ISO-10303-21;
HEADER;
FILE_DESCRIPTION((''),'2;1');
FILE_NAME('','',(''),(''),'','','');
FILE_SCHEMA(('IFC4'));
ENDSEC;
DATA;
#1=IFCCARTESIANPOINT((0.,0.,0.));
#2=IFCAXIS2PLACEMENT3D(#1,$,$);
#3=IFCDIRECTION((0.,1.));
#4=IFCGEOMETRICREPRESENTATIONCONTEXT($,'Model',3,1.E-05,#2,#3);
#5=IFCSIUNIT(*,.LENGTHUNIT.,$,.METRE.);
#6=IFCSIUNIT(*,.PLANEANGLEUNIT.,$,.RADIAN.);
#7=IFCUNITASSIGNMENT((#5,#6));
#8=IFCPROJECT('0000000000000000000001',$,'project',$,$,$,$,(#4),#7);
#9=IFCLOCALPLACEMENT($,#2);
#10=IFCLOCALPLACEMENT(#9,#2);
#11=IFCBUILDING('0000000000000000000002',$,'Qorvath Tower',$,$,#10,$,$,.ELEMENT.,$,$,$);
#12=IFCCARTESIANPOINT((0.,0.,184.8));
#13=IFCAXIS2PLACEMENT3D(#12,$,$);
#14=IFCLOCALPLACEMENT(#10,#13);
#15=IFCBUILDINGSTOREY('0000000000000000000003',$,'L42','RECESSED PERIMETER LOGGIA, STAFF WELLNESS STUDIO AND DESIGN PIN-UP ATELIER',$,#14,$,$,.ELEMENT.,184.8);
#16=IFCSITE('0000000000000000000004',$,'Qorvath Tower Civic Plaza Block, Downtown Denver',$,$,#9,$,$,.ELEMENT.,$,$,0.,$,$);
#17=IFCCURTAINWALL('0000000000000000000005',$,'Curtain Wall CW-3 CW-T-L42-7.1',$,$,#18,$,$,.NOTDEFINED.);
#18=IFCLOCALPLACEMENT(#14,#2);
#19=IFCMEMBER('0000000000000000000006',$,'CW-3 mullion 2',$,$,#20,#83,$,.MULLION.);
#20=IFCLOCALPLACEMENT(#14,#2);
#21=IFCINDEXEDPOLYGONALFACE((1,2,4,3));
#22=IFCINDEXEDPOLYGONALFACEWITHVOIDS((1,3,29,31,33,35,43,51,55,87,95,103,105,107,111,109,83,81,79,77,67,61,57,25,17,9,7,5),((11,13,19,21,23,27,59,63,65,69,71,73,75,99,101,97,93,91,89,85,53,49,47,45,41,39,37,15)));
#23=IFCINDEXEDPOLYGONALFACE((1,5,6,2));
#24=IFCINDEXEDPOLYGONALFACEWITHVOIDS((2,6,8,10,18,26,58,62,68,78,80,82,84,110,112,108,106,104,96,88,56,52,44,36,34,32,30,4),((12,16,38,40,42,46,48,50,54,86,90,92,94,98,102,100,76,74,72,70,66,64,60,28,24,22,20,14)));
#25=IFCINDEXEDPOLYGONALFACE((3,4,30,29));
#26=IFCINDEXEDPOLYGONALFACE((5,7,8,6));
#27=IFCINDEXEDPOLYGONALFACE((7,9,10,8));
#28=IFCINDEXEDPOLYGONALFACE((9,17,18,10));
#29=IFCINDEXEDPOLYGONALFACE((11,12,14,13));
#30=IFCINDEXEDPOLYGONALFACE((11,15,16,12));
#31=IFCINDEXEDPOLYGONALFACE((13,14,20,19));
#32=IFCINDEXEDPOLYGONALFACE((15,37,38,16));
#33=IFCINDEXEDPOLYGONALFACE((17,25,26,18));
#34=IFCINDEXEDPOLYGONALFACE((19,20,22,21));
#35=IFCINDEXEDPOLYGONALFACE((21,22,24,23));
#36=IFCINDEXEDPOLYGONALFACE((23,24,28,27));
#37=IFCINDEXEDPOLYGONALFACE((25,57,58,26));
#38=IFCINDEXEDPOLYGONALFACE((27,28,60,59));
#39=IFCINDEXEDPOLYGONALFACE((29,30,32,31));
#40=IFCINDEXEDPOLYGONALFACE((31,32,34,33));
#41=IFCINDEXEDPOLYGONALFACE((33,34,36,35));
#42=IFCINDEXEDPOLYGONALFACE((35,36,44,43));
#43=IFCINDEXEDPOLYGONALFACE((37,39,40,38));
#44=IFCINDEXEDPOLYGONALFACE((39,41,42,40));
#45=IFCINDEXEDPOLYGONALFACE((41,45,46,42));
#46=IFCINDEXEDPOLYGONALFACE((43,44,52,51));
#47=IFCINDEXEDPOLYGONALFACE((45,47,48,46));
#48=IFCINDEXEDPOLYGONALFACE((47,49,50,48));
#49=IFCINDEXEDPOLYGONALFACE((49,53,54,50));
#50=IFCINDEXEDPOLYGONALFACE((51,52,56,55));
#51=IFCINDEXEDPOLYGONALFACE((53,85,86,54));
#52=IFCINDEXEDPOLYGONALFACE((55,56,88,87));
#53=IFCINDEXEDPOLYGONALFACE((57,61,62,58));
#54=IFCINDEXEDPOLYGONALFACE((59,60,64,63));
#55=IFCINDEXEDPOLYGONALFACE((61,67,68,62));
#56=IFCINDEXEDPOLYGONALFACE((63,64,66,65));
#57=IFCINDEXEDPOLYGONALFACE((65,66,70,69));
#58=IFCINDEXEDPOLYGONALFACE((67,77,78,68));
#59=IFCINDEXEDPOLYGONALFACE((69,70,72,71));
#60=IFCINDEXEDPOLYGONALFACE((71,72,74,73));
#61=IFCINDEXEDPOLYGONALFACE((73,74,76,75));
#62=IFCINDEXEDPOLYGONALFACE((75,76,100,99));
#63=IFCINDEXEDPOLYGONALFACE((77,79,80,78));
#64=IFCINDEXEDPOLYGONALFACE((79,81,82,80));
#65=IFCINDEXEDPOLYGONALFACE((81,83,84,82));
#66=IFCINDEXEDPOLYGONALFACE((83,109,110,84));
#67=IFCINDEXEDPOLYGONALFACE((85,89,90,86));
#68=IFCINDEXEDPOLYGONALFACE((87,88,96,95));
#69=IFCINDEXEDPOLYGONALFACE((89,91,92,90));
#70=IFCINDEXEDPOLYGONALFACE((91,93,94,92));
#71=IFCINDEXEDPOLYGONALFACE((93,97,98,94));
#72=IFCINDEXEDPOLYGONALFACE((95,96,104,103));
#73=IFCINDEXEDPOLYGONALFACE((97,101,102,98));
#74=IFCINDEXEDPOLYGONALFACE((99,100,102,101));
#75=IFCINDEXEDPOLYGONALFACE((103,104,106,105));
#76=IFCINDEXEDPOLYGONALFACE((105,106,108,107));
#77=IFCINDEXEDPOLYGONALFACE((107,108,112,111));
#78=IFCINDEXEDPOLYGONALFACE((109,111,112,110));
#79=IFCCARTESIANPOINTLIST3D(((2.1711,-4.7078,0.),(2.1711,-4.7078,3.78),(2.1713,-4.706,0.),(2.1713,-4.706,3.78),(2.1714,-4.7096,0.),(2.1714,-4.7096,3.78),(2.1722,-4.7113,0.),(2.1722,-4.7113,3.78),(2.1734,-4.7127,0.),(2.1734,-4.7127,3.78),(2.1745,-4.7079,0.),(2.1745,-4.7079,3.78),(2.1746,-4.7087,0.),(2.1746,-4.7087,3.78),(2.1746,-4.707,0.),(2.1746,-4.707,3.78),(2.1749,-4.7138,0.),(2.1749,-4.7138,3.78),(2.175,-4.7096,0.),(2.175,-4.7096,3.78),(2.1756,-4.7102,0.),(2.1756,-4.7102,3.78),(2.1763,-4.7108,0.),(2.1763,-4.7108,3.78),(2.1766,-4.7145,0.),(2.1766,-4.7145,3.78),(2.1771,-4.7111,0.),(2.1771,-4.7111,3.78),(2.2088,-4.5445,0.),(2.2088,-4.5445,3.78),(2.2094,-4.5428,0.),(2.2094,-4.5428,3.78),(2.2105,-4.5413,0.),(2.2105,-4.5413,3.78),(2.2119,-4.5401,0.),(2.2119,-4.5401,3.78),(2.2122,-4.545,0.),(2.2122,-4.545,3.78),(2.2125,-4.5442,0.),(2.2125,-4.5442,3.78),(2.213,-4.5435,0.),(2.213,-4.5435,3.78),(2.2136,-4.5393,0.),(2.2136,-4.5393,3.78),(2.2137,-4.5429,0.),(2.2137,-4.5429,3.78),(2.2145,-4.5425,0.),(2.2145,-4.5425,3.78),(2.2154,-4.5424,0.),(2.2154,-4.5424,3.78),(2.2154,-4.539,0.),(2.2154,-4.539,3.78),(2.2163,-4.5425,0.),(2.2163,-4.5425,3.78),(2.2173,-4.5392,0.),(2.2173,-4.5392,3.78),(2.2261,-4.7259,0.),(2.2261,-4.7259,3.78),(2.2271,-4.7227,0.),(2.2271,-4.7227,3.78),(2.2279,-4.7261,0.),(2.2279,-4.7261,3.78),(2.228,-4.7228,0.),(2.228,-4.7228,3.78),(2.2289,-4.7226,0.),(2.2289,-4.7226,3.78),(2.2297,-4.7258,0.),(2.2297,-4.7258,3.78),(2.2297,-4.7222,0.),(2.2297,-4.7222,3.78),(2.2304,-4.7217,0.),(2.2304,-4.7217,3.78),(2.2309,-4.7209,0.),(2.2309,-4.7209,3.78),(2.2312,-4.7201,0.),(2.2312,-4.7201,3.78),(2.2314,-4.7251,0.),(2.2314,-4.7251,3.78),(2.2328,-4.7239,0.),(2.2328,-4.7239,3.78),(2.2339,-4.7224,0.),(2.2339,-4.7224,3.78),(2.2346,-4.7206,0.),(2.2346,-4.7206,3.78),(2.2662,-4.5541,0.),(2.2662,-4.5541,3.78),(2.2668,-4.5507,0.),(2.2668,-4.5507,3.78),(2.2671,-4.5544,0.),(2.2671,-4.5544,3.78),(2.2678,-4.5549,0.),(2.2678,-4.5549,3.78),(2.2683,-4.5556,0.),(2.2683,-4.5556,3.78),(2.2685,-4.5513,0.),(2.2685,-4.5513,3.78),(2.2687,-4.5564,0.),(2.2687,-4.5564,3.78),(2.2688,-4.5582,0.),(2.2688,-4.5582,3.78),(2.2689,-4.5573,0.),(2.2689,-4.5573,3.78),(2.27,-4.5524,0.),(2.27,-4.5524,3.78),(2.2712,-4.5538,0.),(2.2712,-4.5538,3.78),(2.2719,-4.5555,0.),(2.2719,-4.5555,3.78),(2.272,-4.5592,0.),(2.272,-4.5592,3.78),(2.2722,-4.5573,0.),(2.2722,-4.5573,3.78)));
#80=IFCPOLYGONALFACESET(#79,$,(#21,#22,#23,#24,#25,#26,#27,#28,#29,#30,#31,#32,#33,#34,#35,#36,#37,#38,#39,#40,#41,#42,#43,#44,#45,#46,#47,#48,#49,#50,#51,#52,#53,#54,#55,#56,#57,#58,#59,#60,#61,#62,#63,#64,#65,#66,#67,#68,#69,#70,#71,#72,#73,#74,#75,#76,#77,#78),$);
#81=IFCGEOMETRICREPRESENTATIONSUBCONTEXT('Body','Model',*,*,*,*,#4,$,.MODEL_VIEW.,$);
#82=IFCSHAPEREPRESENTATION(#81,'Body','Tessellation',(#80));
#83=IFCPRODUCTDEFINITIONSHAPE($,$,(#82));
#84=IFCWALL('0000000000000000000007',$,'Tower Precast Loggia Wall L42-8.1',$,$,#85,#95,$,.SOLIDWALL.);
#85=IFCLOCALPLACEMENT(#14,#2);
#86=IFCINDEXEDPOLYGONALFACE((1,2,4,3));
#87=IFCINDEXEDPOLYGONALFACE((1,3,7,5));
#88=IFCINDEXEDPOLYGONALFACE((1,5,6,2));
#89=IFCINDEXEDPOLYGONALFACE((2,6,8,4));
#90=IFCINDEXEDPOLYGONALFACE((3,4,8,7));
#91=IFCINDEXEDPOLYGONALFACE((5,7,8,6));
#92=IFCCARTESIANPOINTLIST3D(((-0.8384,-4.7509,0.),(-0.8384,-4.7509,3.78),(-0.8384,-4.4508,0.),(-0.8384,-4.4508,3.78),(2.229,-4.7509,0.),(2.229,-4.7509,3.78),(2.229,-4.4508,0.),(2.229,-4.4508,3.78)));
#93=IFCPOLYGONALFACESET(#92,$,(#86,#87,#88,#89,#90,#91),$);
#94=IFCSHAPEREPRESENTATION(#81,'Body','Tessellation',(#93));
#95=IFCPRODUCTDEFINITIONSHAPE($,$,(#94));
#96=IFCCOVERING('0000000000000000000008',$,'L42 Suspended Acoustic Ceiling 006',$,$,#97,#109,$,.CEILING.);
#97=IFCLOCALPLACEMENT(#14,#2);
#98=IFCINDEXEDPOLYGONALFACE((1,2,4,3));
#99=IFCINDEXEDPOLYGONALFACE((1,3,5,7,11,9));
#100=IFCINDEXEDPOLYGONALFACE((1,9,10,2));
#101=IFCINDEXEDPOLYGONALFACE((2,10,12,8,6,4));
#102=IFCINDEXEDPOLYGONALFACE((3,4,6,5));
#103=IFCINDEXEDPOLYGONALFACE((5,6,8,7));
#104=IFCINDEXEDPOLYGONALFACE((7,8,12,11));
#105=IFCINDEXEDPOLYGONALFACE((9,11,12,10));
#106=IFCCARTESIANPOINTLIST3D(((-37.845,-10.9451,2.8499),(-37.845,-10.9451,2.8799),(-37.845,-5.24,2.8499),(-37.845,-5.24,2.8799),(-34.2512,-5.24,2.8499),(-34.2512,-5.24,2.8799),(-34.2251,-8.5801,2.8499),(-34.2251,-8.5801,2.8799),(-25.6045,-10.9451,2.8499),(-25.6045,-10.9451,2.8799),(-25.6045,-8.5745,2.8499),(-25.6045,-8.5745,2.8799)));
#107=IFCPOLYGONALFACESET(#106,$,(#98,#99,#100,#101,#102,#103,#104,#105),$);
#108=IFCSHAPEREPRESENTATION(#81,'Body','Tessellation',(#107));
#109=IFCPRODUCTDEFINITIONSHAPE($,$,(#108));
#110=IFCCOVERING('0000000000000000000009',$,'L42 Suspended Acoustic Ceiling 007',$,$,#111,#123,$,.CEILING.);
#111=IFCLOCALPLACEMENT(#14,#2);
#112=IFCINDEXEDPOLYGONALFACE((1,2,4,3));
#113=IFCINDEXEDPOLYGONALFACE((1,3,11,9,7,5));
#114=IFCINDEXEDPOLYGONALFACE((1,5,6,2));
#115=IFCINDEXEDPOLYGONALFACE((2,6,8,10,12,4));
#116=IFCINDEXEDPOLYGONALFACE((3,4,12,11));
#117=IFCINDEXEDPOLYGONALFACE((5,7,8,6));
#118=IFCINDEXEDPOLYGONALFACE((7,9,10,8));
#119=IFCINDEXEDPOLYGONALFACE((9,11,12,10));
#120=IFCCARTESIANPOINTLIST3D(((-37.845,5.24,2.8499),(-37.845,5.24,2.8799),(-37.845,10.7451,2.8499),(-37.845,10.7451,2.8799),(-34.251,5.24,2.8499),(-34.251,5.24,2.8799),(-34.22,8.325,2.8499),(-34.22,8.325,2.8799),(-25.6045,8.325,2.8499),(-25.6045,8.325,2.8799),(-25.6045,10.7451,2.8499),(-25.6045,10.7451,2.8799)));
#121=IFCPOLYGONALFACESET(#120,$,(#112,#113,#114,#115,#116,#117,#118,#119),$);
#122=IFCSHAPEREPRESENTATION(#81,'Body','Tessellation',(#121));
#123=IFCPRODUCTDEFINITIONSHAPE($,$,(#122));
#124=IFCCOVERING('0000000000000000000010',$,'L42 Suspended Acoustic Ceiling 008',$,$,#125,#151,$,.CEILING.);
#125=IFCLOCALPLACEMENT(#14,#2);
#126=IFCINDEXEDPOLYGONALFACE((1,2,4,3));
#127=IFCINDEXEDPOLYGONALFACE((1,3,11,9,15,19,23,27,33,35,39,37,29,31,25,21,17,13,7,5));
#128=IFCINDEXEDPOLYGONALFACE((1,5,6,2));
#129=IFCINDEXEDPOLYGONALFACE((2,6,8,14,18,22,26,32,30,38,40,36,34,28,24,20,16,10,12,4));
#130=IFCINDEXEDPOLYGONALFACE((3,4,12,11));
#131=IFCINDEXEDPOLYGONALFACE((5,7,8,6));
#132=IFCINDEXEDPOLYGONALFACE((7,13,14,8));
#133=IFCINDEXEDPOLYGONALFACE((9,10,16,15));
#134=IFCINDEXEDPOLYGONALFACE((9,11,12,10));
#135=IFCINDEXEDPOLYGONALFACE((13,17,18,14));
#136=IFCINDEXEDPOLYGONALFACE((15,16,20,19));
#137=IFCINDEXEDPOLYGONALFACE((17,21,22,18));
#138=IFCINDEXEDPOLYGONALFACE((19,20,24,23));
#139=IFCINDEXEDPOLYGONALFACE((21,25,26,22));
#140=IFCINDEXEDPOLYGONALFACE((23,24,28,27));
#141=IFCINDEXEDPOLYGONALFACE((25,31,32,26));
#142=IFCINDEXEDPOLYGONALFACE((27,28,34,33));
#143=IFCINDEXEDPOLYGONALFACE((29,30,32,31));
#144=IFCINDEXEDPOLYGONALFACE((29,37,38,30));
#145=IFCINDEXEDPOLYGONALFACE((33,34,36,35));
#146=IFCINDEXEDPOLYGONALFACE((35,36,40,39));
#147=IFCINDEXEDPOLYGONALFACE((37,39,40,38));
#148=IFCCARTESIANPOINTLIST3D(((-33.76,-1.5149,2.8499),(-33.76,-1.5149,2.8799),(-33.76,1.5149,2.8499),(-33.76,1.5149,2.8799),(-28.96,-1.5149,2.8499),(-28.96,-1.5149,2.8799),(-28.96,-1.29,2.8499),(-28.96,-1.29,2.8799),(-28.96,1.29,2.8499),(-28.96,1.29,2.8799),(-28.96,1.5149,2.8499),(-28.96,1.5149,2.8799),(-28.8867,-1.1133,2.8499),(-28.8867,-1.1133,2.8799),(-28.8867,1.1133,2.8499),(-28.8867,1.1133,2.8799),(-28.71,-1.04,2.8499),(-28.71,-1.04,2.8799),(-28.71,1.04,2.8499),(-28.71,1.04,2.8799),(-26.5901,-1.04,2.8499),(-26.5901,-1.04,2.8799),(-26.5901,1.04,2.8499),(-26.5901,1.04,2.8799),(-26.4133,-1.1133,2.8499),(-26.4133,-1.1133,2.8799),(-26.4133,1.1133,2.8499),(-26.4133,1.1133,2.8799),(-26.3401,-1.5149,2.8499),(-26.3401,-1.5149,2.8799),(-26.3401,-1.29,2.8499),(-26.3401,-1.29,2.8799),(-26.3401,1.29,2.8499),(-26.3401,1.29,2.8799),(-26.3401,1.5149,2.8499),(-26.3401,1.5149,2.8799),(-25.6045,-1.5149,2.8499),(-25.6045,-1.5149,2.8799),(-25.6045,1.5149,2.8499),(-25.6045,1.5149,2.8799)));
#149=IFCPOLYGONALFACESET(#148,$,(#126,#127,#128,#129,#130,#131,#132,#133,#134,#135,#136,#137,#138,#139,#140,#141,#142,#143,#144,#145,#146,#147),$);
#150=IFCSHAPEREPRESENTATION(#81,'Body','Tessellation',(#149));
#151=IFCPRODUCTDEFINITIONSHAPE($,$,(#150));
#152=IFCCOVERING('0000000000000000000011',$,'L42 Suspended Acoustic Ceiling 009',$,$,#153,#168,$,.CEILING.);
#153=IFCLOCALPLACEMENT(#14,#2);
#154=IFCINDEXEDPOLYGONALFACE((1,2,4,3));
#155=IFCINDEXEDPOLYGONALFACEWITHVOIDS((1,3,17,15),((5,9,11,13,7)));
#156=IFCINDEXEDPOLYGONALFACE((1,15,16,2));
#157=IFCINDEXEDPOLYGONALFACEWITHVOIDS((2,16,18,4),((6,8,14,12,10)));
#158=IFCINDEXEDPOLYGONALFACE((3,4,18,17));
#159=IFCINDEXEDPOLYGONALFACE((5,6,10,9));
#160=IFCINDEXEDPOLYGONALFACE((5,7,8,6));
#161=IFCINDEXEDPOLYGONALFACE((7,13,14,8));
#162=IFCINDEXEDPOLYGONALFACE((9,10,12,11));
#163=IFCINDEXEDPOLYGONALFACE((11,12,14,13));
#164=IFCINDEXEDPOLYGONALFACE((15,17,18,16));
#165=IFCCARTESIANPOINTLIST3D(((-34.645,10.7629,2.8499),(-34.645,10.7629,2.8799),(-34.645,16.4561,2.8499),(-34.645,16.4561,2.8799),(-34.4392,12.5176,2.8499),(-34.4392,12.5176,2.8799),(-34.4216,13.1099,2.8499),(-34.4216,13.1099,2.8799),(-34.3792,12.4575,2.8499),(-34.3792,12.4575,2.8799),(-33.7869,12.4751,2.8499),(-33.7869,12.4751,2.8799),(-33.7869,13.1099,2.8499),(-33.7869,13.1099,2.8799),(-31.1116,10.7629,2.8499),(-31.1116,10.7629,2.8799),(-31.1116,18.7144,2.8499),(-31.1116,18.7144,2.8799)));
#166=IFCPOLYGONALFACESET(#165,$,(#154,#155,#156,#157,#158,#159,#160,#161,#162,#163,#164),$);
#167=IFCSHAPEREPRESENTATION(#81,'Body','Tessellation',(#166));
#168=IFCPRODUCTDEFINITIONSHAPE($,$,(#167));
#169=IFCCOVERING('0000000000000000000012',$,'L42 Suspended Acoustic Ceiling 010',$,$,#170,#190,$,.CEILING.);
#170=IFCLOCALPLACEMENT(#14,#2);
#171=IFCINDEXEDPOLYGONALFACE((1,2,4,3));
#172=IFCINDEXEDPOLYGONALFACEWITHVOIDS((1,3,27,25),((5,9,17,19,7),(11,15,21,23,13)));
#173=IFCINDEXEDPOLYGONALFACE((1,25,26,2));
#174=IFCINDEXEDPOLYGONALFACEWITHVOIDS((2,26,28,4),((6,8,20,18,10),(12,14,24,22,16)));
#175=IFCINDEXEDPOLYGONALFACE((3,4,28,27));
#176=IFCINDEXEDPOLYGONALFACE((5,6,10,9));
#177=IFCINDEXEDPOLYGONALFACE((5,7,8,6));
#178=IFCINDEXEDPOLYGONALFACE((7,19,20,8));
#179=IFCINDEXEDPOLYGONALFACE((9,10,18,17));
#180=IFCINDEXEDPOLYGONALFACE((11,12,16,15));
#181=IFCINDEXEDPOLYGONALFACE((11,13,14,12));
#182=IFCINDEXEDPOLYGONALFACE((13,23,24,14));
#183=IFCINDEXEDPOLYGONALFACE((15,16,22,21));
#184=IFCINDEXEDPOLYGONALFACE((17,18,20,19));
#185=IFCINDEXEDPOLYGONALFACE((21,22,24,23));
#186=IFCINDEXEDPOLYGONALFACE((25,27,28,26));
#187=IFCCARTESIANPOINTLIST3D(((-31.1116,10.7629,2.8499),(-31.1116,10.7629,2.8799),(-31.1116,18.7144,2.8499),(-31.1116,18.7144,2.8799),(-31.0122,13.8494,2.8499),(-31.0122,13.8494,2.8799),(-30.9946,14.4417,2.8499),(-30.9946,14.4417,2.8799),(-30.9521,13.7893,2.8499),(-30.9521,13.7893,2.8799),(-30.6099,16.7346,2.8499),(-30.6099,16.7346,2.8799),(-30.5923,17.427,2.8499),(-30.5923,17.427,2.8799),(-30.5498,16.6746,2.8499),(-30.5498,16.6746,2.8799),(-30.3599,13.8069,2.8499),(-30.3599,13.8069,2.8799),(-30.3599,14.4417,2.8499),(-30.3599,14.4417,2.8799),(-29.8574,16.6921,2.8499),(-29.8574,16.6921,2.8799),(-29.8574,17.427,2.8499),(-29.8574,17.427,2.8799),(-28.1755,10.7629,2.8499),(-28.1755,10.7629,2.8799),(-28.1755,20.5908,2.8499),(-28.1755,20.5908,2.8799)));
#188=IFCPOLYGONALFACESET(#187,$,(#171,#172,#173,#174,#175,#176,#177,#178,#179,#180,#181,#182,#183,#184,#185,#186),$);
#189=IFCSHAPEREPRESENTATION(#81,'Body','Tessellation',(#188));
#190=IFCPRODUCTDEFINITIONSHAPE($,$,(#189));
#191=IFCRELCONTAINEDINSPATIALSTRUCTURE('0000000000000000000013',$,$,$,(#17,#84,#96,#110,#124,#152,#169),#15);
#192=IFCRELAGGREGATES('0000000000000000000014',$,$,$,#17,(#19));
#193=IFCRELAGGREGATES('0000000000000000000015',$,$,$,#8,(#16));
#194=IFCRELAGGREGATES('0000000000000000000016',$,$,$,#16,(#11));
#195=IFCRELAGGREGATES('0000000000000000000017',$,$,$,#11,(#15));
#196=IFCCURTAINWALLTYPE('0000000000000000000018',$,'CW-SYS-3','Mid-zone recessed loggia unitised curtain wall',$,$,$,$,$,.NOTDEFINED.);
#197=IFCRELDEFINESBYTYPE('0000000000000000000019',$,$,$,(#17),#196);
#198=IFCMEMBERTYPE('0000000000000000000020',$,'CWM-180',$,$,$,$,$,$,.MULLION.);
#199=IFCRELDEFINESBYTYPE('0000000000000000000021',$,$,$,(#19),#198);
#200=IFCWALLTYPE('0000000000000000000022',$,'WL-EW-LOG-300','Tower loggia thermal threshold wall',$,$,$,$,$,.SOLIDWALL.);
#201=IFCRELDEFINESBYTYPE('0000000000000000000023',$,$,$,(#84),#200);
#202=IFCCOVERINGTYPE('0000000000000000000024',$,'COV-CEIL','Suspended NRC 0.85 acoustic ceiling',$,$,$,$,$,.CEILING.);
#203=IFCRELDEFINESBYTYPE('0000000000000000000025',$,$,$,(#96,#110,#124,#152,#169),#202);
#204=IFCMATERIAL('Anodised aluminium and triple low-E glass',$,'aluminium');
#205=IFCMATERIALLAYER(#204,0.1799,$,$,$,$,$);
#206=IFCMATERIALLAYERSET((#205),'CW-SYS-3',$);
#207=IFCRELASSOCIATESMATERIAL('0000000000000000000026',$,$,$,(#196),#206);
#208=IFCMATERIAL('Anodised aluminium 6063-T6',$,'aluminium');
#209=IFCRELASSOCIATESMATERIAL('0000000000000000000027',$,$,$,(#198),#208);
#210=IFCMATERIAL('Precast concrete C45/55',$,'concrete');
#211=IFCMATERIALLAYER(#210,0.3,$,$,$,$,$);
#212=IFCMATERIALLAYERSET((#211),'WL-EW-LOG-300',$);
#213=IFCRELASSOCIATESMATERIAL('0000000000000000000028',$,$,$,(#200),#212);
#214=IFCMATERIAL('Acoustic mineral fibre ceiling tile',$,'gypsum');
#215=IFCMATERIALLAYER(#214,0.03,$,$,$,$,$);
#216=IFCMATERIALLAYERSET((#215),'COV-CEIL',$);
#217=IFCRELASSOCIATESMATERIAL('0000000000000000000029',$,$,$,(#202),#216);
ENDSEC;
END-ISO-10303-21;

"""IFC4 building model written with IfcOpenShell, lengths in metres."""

from ifc_helpers import new_model, si_unit, direction, frame, frame_2d, origin, origin_2d, place, context, subcontext, project, spatial, polyline, rectangle, hollow_rectangle, outline, extrude, material, layer, layer_set, material_profile, profile_set, type_object, element, aggregate, save


model = new_model("IFC4")

# Units and contexts
model_context = context("Model", 3, precision=1e-05, world=origin(), true_north=direction((0.0, 1.0)))
body_context = subcontext(model_context, "Body", "Model", "MODEL_VIEW")
ifc_project = project(units=[si_unit("LENGTHUNIT", "METRE"), si_unit("PLANEANGLEUNIT", "RADIAN")], contexts=[model_context])

# Site, building, storey
site_placement = place(None, origin())
site = spatial("IfcSite", under=ifc_project, at=site_placement, Name="Qorvath Tower Civic Plaza Block, Downtown Denver", CompositionType="ELEMENT", RefElevation=0.0)
building_placement = place(site_placement, origin())
building = spatial("IfcBuilding", under=site, at=building_placement, Name="Qorvath Tower", CompositionType="ELEMENT")
storey_placement = place(building_placement, frame((0.0, 0.0, 184.8)))
storey = spatial("IfcBuildingStorey", under=building, at=storey_placement, Name="L42", Description="RECESSED PERIMETER LOGGIA, STAFF WELLNESS STUDIO AND DESIGN PIN-UP ATELIER", CompositionType="ELEMENT", Elevation=184.8)

# Curtain wall, member
ifc_material_1 = material(Name="Anodised aluminium and triple low-E glass", Category="aluminium")
ifc_layer_1 = layer(ifc_material_1, 0.1799)
ifc_layer_set_1 = layer_set([ifc_layer_1], Name="CW-SYS-3")
curtain_wall_type = type_object("IfcCurtainWallType", Name="CW-SYS-3", Description="Mid-zone recessed loggia unitised curtain wall", PredefinedType="NOTDEFINED", material=ifc_layer_set_1)
curtain_wall_placement = place(storey_placement, origin())
curtain_wall = element("IfcCurtainWall", 1, at=curtain_wall_placement, inside=storey, type_object=curtain_wall_type, Name="Curtain Wall CW-3 CW-T-L42-7.1", PredefinedType="NOTDEFINED")
ifc_material_2 = material(Name="Anodised aluminium 6063-T6", Category="aluminium")
ifc_material_profile = material_profile(ifc_material_2, hollow_rectangle(XDim=0.0649, YDim=0.1799, WallThickness=0.0034, InnerFilletRadius=0.0034, OuterFilletRadius=0.0071, at=origin_2d()), Name="CWM 180x65")
ifc_profile_set = profile_set([ifc_material_profile], Name="Anodised aluminium 6063-T6")
member_type = type_object("IfcMemberType", Name="CWM-180", PredefinedType="MULLION", material=ifc_profile_set)
member_placement = place(storey_placement, frame((2.2217, -4.6326, 0.0), z_axis=(0.0, 0.0, 1.0), x_axis=(-0.974111, 0.226069, 0.0)))
member = element("IfcMember", 2, at=member_placement, type_object=member_type, Name="CW-3 mullion 2", PredefinedType="MULLION", context=body_context, shape_type="SweptSolid", body=[
    extrude(hollow_rectangle(XDim=0.0649, YDim=0.1799, WallThickness=0.0034, InnerFilletRadius=0.0034, OuterFilletRadius=0.0071, at=origin_2d()), origin(), (0.0, 0.0, 1.0), 3.78),
])
aggregate(curtain_wall, [member])

# Wall
ifc_material_3 = material(Name="Precast concrete C45/55", Category="concrete")
ifc_layer_2 = layer(ifc_material_3, 0.3)
ifc_layer_set_2 = layer_set([ifc_layer_2], Name="WL-EW-LOG-300")
wall_type = type_object("IfcWallType", Name="WL-EW-LOG-300", Description="Tower loggia thermal threshold wall", PredefinedType="SOLIDWALL", material=ifc_layer_set_2)
wall_placement = place(storey_placement, frame((2.229, -4.6008, 0.0), z_axis=(0.0, 0.0, 1.0), x_axis=(-1.0, 0.0, 0.0)))
element("IfcWall", 3, at=wall_placement, inside=storey, type_object=wall_type, Name="Tower Precast Loggia Wall L42-8.1", PredefinedType="SOLIDWALL", context=body_context, shape_type="SweptSolid", body=[
    extrude(rectangle(XDim=3.0674, YDim=0.3, at=frame_2d((1.5337, 0.0))), origin(), (0.0, 0.0, 1.0), 3.78),
])

# Coverings
ifc_material_4 = material(Name="Acoustic mineral fibre ceiling tile", Category="gypsum")
ifc_layer_3 = layer(ifc_material_4, 0.03)
ifc_layer_set_3 = layer_set([ifc_layer_3], Name="COV-CEIL")
covering_type_1 = type_object("IfcCoveringType", Name="COV-CEIL", Description="Suspended NRC 0.85 acoustic ceiling", PredefinedType="CEILING", material=ifc_layer_set_3)
covering_1_placement = place(storey_placement, frame((0.0, 0.0, 2.8499)))
element("IfcCovering", 4, at=covering_1_placement, inside=storey, type_object=covering_type_1, Name="L42 Suspended Acoustic Ceiling 006", PredefinedType="CEILING", context=body_context, shape_type="SweptSolid", body=[
    extrude(outline(polyline([(-34.2251, -8.5801), (-34.2512, -5.24), (-37.845, -5.24), (-37.845, -10.9451), (-25.6045, -10.9451), (-25.6045, -8.5745), (-34.2251, -8.5801)])), origin(), (0.0, 0.0, 1.0), 0.03),
])
covering_2_placement = place(storey_placement, frame((0.0, 0.0, 2.8499)))
element("IfcCovering", 5, at=covering_2_placement, inside=storey, type_object=covering_type_1, Name="L42 Suspended Acoustic Ceiling 007", PredefinedType="CEILING", context=body_context, shape_type="SweptSolid", body=[
    extrude(outline(polyline([(-25.6045, 8.325), (-25.6045, 10.7451), (-37.845, 10.7451), (-37.845, 5.24), (-34.251, 5.24), (-34.22, 8.325), (-25.6045, 8.325)])), origin(), (0.0, 0.0, 1.0), 0.03),
])
covering_3_placement = place(storey_placement, frame((0.0, 0.0, 2.8499)))
element("IfcCovering", 6, at=covering_3_placement, inside=storey, type_object=covering_type_1, Name="L42 Suspended Acoustic Ceiling 008", PredefinedType="CEILING", context=body_context, shape_type="SweptSolid", body=[
    extrude(outline(polyline([(-25.6045, -1.5149), (-25.6045, 1.5149), (-26.3401, 1.5149), (-26.3401, 1.29), (-26.4133, 1.1133), (-26.5901, 1.04), (-28.71, 1.04), (-28.8867, 1.1133), (-28.96, 1.29), (-28.96, 1.5149), (-33.76, 1.5149), (-33.76, -1.5149), (-28.96, -1.5149), (-28.96, -1.29), (-28.8867, -1.1133), (-28.71, -1.04), (-26.5901, -1.04), (-26.4133, -1.1133), (-26.3401, -1.29), (-26.3401, -1.5149), (-25.6045, -1.5149)])), origin(), (0.0, 0.0, 1.0), 0.03),
])
covering_4_placement = place(storey_placement, frame((0.0, 0.0, 2.8499)))
element("IfcCovering", 7, at=covering_4_placement, inside=storey, type_object=covering_type_1, Name="L42 Suspended Acoustic Ceiling 009", PredefinedType="CEILING", context=body_context, shape_type="SweptSolid", body=[
    extrude(outline(polyline([(-31.1116, 10.7629), (-31.1116, 18.7144), (-34.645, 16.4561), (-34.645, 10.7629), (-31.1116, 10.7629)]), holes=[polyline([(-34.4392, 12.5176), (-34.4216, 13.1099), (-33.7869, 13.1099), (-33.7869, 12.4751), (-34.3792, 12.4575), (-34.4392, 12.5176)])]), origin(), (0.0, 0.0, 1.0), 0.03),
])
covering_5_placement = place(storey_placement, frame((0.0, 0.0, 2.8499)))
element("IfcCovering", 8, at=covering_5_placement, inside=storey, type_object=covering_type_1, Name="L42 Suspended Acoustic Ceiling 010", PredefinedType="CEILING", context=body_context, shape_type="SweptSolid", body=[
    extrude(outline(polyline([(-28.1755, 10.7629), (-28.1755, 20.5908), (-31.1116, 18.7144), (-31.1116, 10.7629), (-28.1755, 10.7629)]), holes=[polyline([(-30.6099, 16.7346), (-30.5923, 17.427), (-29.8574, 17.427), (-29.8574, 16.6921), (-30.5498, 16.6746), (-30.6099, 16.7346)]), polyline([(-31.0122, 13.8494), (-30.9946, 14.4417), (-30.3599, 14.4417), (-30.3599, 13.8069), (-30.9521, 13.7893), (-31.0122, 13.8494)])]), origin(), (0.0, 0.0, 1.0), 0.03),
])

save(model, "model.ifc")
